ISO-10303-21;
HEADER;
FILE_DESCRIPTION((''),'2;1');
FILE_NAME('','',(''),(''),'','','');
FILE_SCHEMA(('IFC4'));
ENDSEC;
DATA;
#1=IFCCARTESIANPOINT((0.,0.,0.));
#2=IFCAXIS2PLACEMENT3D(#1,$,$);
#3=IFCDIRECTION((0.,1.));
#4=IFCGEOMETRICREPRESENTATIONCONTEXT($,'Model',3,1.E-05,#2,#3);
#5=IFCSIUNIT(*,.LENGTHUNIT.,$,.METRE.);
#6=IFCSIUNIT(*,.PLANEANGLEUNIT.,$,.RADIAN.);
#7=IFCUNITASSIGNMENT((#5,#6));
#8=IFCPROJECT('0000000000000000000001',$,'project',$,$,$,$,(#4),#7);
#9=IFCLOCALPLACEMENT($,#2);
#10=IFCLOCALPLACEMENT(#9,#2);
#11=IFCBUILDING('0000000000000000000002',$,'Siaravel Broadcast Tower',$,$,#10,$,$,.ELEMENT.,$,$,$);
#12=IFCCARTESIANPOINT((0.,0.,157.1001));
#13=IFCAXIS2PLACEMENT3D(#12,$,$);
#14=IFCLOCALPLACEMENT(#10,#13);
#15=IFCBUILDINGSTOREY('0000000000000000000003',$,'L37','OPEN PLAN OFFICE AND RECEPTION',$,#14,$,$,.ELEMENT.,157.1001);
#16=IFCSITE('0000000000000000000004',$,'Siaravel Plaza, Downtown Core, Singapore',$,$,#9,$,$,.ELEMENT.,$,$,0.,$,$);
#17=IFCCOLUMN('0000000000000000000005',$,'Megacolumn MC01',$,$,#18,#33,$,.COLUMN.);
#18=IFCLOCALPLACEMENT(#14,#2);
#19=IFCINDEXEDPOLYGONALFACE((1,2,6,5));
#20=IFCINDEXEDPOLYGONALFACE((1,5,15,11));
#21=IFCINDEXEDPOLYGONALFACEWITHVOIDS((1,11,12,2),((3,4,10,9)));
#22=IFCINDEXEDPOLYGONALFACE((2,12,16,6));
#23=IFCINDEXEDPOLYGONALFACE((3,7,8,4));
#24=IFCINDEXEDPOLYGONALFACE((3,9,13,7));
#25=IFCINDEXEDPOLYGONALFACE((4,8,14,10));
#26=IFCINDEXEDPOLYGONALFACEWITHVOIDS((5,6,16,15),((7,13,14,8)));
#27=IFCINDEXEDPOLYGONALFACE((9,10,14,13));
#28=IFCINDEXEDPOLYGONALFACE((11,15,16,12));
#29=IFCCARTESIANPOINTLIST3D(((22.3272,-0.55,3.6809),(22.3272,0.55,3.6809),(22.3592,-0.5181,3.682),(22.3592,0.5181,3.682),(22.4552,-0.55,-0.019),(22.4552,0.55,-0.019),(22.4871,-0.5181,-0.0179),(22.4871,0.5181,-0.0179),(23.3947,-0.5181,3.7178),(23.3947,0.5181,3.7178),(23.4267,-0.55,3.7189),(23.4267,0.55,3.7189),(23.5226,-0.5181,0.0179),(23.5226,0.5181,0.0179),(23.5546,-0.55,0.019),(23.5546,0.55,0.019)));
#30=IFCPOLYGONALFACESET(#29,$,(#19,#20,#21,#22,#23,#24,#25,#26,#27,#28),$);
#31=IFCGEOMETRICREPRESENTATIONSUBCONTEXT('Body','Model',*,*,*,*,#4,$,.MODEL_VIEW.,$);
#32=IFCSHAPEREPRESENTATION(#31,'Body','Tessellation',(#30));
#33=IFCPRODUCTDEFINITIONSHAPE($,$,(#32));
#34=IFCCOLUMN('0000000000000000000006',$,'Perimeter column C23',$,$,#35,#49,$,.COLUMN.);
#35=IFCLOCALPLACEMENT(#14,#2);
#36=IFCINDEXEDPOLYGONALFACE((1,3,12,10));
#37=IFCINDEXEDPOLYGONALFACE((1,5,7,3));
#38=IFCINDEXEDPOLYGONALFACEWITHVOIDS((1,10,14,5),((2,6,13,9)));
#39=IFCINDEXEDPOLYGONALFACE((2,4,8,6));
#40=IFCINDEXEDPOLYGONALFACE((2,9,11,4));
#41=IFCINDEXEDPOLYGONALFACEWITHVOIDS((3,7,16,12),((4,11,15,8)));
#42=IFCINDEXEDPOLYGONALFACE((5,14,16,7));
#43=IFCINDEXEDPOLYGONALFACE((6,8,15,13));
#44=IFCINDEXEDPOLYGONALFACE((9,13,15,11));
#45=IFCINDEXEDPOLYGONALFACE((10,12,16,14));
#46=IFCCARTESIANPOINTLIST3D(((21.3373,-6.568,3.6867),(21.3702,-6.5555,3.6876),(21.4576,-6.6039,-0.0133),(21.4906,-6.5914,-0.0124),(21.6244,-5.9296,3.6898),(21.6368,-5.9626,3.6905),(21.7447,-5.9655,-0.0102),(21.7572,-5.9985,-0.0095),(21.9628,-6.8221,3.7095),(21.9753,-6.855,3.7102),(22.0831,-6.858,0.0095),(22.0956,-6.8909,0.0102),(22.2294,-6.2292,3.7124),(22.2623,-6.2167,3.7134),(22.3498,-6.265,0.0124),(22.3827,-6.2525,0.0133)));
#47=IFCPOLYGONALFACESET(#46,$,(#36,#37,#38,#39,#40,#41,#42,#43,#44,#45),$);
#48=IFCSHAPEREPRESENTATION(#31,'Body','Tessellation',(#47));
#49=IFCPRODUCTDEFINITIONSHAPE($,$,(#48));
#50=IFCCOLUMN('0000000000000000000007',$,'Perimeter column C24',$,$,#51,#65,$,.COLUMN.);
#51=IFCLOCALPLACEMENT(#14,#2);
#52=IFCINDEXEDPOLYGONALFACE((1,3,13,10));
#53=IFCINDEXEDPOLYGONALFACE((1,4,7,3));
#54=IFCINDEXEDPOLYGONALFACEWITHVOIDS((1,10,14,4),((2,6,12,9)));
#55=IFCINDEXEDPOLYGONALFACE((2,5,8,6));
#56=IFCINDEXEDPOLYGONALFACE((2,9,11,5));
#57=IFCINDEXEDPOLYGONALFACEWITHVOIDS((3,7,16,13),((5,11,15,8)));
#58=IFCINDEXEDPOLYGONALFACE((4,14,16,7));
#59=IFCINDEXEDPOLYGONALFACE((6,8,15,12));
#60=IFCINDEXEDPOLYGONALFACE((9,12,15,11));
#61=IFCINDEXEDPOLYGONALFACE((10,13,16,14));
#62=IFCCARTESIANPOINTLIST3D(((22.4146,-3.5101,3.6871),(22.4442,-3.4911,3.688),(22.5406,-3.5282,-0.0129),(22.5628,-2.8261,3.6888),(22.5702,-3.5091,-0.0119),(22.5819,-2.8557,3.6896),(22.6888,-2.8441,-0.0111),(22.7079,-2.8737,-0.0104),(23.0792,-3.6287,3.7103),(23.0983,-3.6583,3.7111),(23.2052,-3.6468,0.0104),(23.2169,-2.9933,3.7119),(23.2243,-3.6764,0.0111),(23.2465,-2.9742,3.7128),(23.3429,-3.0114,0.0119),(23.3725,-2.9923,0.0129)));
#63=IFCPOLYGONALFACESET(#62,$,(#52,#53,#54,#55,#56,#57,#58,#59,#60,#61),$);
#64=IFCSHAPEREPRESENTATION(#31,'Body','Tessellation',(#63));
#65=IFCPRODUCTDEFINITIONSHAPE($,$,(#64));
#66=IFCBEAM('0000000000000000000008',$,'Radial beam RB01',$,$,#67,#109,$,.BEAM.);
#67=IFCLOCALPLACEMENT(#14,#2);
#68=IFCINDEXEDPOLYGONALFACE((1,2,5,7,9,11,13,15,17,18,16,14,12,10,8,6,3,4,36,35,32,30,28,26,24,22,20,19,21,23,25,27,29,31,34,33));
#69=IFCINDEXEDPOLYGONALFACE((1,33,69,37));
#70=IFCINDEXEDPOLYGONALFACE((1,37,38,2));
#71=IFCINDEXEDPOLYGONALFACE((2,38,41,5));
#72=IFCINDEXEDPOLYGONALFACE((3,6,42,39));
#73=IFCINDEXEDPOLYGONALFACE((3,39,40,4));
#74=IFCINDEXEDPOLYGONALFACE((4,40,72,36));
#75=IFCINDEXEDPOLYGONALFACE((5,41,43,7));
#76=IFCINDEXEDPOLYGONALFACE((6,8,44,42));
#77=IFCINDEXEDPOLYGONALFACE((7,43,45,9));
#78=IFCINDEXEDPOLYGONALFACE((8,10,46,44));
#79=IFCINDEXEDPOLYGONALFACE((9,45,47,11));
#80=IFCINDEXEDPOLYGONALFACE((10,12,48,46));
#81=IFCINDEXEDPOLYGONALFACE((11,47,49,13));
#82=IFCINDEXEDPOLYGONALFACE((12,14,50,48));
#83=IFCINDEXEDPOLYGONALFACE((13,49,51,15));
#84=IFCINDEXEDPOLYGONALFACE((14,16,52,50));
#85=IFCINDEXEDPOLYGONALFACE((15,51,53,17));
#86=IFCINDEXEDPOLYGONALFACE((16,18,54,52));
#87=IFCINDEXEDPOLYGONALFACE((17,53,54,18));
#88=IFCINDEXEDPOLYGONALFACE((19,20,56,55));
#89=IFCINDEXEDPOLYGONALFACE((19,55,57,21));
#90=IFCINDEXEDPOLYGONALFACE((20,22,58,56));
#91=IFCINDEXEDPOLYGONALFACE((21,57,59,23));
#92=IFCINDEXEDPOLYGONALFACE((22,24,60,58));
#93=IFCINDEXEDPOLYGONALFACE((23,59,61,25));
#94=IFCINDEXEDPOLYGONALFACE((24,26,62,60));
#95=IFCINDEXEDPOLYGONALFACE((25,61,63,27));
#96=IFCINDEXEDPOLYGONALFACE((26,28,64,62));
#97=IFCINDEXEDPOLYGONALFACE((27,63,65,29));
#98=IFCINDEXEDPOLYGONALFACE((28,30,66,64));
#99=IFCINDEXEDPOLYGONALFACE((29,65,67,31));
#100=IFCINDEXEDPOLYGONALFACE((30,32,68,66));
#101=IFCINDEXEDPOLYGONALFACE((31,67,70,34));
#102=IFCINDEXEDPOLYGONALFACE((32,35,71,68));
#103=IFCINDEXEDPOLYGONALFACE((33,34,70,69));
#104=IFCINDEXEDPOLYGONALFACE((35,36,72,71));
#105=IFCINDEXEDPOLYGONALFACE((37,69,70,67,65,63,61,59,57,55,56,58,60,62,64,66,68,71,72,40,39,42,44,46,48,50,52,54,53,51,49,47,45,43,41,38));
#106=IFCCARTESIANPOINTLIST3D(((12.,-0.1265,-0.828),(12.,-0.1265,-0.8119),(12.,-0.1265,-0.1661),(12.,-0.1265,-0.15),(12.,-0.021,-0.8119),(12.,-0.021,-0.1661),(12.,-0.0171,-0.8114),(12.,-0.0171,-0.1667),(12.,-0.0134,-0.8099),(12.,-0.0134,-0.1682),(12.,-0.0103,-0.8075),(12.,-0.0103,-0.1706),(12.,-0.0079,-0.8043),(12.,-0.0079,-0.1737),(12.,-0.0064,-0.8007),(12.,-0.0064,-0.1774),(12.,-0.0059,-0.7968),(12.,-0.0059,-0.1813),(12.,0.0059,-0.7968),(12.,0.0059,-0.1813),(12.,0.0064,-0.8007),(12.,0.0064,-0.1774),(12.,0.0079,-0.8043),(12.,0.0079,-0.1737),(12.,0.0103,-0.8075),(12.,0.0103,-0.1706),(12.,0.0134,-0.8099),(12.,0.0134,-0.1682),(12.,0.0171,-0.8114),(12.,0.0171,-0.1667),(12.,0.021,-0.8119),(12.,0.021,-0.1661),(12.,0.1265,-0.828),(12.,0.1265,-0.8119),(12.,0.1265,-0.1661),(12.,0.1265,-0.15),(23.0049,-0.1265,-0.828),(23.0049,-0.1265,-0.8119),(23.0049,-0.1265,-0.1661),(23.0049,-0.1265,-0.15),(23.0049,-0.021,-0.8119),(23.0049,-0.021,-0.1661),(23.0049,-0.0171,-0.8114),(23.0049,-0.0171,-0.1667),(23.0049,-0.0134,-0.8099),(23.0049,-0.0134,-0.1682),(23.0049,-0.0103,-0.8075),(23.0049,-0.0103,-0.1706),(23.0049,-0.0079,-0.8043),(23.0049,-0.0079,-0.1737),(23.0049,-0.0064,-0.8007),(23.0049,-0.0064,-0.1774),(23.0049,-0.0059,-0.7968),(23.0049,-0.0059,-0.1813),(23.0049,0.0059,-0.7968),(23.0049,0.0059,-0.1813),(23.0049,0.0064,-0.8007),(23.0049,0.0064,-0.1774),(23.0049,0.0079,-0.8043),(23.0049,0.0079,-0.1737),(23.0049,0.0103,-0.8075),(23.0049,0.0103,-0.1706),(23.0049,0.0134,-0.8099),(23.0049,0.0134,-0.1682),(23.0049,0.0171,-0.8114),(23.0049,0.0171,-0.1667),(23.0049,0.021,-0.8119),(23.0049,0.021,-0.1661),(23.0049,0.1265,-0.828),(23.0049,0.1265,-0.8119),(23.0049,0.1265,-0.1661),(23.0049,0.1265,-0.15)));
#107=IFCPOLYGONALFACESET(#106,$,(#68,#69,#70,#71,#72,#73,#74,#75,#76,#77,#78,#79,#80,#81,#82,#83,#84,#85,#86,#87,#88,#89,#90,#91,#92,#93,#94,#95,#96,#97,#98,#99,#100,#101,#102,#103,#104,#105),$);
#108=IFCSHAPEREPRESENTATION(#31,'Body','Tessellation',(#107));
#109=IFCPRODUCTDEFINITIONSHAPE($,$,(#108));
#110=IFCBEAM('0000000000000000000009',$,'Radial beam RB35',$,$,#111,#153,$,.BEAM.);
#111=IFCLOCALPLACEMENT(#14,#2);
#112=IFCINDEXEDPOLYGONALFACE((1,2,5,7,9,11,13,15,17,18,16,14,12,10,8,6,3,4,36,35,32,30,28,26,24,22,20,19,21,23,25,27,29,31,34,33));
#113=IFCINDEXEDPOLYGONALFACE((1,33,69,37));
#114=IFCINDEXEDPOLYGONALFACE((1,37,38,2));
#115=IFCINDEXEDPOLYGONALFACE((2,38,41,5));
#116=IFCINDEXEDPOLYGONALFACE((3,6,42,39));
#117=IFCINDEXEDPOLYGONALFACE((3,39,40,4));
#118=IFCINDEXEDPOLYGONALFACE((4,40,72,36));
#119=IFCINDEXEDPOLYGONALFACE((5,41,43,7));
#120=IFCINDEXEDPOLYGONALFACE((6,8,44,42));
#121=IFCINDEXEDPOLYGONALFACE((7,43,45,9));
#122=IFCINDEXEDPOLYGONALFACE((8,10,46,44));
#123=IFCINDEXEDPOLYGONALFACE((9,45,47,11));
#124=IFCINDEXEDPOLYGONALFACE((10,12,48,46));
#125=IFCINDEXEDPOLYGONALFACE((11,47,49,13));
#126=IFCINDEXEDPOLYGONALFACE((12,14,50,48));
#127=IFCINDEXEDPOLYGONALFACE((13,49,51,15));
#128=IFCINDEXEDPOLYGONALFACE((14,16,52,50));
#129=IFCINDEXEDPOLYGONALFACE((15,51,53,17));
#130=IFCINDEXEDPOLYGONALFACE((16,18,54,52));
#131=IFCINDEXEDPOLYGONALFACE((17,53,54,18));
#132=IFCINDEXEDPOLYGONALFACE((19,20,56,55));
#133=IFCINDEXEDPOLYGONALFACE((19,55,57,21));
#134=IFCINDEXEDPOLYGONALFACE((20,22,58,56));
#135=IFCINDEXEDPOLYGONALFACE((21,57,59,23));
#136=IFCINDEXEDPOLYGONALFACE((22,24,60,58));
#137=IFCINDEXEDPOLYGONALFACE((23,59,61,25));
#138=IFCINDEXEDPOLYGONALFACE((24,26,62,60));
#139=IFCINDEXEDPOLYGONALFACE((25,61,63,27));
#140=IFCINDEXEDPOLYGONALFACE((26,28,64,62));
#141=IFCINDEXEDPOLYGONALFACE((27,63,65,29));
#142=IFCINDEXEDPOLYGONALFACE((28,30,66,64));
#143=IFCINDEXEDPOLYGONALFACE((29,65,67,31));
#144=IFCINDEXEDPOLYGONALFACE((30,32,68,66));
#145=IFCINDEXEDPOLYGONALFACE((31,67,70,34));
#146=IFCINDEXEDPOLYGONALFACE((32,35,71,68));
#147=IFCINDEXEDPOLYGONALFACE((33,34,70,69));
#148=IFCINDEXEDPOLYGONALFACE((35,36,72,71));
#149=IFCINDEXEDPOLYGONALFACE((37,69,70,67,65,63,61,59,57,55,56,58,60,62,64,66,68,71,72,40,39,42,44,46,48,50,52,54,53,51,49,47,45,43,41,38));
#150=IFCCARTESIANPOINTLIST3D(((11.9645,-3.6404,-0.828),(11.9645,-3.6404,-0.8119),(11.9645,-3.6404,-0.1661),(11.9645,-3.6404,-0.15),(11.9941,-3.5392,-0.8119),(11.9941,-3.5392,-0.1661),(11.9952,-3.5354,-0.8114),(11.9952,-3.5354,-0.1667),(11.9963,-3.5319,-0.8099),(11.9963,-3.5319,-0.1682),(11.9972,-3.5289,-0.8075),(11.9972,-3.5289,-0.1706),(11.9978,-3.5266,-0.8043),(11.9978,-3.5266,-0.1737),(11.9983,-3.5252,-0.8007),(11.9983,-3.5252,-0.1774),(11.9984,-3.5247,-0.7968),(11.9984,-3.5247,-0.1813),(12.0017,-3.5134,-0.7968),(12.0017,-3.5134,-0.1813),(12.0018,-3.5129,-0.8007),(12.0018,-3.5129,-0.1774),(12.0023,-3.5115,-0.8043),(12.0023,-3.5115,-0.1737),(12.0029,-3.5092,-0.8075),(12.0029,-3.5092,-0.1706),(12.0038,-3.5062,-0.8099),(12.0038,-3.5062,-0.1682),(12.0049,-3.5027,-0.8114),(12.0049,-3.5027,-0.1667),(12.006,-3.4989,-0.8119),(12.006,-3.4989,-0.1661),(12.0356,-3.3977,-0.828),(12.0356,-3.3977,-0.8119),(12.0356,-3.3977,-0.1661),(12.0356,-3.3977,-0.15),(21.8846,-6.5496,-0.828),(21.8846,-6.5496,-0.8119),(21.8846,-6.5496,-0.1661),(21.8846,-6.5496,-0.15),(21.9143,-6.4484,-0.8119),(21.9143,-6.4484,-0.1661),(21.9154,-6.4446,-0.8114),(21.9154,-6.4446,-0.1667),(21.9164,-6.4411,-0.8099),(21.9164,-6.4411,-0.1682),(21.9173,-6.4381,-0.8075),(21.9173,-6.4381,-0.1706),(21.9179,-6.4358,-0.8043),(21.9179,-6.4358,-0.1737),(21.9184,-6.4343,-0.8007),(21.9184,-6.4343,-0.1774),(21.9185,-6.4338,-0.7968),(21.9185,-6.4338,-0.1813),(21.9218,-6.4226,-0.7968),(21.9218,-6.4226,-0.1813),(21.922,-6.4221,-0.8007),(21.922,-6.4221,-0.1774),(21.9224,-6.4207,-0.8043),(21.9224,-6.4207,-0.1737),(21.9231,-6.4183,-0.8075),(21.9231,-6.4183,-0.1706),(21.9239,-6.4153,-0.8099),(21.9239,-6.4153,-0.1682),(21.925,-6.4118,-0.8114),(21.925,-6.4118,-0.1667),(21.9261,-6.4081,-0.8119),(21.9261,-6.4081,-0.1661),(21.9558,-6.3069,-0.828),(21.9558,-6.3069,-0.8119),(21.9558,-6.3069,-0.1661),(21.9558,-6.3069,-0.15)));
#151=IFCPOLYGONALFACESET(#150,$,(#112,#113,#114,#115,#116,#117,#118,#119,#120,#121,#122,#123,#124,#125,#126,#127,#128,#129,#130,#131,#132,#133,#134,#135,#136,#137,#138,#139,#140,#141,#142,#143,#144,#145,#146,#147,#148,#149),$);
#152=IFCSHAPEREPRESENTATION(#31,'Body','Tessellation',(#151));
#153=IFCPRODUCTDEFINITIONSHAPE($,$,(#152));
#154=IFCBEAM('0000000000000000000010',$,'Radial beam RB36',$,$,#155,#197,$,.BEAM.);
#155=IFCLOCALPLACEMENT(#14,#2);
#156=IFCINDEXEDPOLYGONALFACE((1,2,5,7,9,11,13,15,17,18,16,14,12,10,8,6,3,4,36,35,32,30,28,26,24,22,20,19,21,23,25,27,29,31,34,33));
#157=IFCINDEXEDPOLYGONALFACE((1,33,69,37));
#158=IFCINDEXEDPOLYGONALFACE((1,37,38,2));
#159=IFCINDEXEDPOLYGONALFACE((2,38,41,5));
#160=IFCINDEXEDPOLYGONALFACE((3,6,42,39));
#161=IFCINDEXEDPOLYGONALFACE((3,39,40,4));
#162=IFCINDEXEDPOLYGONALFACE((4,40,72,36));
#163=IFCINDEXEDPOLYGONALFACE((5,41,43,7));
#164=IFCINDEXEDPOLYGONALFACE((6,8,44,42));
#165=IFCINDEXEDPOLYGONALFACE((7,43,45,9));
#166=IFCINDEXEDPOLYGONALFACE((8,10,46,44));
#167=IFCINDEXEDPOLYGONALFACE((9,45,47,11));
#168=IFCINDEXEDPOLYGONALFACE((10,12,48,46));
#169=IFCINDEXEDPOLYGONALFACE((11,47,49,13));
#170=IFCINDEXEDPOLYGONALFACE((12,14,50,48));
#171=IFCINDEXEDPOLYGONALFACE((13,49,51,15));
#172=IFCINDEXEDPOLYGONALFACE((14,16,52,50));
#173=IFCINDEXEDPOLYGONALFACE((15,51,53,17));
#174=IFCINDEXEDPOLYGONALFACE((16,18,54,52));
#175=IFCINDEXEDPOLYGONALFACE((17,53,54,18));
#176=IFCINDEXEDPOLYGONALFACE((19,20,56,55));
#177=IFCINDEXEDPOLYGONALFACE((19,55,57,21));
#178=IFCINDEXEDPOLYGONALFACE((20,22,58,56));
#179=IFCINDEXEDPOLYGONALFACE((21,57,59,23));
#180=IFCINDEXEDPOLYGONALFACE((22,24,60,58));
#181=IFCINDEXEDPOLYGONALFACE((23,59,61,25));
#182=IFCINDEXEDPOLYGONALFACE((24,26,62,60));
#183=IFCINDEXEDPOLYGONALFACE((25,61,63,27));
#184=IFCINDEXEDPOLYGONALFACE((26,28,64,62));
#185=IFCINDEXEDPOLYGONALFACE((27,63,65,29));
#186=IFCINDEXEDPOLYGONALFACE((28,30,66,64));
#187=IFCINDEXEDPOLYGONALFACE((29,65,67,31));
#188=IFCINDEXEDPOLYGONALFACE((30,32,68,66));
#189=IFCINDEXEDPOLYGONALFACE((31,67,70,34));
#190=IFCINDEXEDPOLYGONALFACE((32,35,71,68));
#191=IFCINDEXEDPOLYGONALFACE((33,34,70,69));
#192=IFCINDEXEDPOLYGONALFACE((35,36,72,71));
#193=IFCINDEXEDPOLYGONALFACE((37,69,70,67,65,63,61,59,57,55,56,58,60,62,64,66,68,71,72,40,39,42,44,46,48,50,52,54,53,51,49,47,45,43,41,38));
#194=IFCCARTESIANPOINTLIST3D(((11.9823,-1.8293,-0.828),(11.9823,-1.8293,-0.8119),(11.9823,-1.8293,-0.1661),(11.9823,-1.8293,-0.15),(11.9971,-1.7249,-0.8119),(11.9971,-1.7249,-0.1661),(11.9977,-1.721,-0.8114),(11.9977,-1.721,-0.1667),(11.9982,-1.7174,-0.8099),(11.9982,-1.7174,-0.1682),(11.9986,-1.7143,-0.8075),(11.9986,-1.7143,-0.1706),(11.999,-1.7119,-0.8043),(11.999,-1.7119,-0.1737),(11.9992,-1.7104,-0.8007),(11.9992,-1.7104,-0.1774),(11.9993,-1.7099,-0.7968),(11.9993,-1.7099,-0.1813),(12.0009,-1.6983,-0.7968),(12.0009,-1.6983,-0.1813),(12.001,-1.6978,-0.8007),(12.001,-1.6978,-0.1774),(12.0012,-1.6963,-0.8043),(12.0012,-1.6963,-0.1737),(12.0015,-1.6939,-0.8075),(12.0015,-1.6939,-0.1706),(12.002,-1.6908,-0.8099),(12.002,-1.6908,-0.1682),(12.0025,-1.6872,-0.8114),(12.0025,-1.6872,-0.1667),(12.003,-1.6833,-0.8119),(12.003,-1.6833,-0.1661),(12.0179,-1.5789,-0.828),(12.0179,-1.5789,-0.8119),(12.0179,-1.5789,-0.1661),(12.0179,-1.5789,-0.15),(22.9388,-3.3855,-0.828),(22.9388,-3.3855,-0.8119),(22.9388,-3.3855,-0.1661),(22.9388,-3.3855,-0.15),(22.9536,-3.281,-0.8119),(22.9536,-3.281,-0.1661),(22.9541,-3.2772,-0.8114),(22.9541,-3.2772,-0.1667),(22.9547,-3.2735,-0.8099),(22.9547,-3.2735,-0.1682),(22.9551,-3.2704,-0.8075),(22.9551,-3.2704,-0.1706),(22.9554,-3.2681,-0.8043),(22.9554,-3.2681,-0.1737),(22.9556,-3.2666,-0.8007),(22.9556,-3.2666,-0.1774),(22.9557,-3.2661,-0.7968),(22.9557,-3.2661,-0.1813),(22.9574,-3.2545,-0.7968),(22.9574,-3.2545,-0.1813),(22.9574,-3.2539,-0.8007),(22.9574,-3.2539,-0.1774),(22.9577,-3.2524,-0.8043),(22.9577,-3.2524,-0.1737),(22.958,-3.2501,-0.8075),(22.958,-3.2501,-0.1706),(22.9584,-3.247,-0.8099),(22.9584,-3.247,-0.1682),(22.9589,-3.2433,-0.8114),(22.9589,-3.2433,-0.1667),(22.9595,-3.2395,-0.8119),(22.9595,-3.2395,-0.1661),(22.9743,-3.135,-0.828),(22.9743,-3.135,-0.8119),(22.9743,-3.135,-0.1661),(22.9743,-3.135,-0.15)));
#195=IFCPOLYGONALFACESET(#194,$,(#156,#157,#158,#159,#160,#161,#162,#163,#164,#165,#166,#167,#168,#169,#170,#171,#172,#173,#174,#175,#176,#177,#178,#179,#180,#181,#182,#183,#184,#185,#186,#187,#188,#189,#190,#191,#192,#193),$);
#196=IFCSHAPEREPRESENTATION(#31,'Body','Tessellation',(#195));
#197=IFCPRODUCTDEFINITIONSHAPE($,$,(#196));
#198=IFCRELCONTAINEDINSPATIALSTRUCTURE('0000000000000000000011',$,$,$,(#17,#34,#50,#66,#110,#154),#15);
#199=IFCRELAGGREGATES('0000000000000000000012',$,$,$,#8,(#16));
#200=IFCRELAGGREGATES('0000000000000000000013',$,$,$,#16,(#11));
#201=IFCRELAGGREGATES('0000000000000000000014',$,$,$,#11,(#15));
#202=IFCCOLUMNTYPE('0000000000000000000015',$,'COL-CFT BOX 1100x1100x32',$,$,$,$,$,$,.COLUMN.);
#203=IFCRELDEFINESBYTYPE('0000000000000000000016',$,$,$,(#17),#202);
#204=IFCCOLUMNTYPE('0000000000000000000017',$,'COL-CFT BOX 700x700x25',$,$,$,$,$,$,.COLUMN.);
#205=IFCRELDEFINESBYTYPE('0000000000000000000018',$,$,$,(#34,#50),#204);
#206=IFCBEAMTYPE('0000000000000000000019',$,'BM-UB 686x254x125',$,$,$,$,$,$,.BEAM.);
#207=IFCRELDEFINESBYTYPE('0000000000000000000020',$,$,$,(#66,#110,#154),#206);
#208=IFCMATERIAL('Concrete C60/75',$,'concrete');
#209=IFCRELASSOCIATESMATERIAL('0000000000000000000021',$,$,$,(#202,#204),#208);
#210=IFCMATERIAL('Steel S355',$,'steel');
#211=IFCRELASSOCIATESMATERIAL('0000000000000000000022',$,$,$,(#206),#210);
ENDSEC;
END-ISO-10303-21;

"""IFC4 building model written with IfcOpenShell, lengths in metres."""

from ifc_helpers import new_model, si_unit, direction, frame, origin, origin_2d, place, context, subcontext, project, spatial, hollow_rectangle, i_section, extrude, material, material_profile, profile_set, type_object, element, save


model = new_model("IFC4")

# Units and contexts
model_context = context("Model", 3, precision=1e-05, world=origin(), true_north=direction((0.0, 1.0)))
body_context = subcontext(model_context, "Body", "Model", "MODEL_VIEW")
ifc_project = project(units=[si_unit("LENGTHUNIT", "METRE"), si_unit("PLANEANGLEUNIT", "RADIAN")], contexts=[model_context])

# Site, building, storey
site_placement = place(None, origin())
site = spatial("IfcSite", under=ifc_project, at=site_placement, Name="Siaravel Plaza, Downtown Core, Singapore", CompositionType="ELEMENT", RefElevation=0.0)
building_placement = place(site_placement, origin())
building = spatial("IfcBuilding", under=site, at=building_placement, Name="Siaravel Broadcast Tower", CompositionType="ELEMENT")
storey_placement = place(building_placement, frame((0.0, 0.0, 157.1001)))
storey = spatial("IfcBuildingStorey", under=building, at=storey_placement, Name="L37", Description="OPEN PLAN OFFICE AND RECEPTION", CompositionType="ELEMENT", Elevation=157.1001)

# Columns
ifc_material_1 = material(Name="Concrete C60/75", Category="concrete")
ifc_material_profile_1 = material_profile(ifc_material_1, hollow_rectangle(XDim=1.1001, YDim=1.1001, WallThickness=0.032, at=origin_2d()))
ifc_profile_set_1 = profile_set([ifc_material_profile_1], Name="Concrete C60/75")
column_type_1 = type_object("IfcColumnType", Name="COL-CFT BOX 1100x1100x32", PredefinedType="COLUMN", material=ifc_profile_set_1)
column_placement = place(storey_placement, frame((23.0049, 0.0, 0.0), z_axis=(-0.034555, 0.0, 0.999403), x_axis=(0.0, -1.0, 0.0)))
element("IfcColumn", 1, at=column_placement, inside=storey, type_object=column_type_1, Name="Megacolumn MC01", PredefinedType="COLUMN", context=body_context, shape_type="SweptSolid", body=[
    extrude(hollow_rectangle(XDim=1.1001, YDim=1.1001, WallThickness=0.032, at=origin_2d()), origin(), (0.0, 0.0, 1.0), 3.7021),
])
ifc_material_profile_2 = material_profile(ifc_material_1, hollow_rectangle(XDim=0.7, YDim=0.7, WallThickness=0.0249, at=origin_2d()))
ifc_profile_set_2 = profile_set([ifc_material_profile_2], Name="Concrete C60/75")
column_type_2 = type_object("IfcColumnType", Name="COL-CFT BOX 700x700x25", PredefinedType="COLUMN", material=ifc_profile_set_2)
for number, where, z_axis, x_axis, name in (
    (2, (21.9202, -6.4282, 0.0), (-0.032512, 0.009694, 0.999424), (-0.410124, -0.912019, -0.004495), "Perimeter column C23"),
    (3, (22.9565, -3.2603, 0.0), (-0.034028, 0.00488, 0.999409), (-0.21173, -0.977325, -0.002437), "Perimeter column C24"),
):
    element("IfcColumn", number, at=place(storey_placement, frame(where, z_axis=z_axis, x_axis=x_axis)), inside=storey, type_object=column_type_2, Name=name, PredefinedType="COLUMN", context=body_context, shape_type="SweptSolid", body=[
        extrude(hollow_rectangle(XDim=0.7, YDim=0.7, WallThickness=0.0249, at=origin_2d()), origin(), (0.0, 0.0, 1.0), 3.7021),
    ])

# Beams
ifc_material_2 = material(Name="Steel S355", Category="steel")
ifc_material_profile_3 = material_profile(ifc_material_2, i_section(OverallWidth=0.2529, OverallDepth=0.678, WebThickness=0.0117, FlangeThickness=0.0161, FilletRadius=0.0151, at=origin_2d()))
ifc_profile_set_3 = profile_set([ifc_material_profile_3], Name="Steel S355")
beam_type = type_object("IfcBeamType", Name="BM-UB 686x254x125", PredefinedType="BEAM", material=ifc_profile_set_3)
beam_1_placement = place(storey_placement, frame((23.0049, 0.0, -0.489), z_axis=(-1.0, 0.0, 0.0), x_axis=(0.0, -1.0, 0.0)))
element("IfcBeam", 4, at=beam_1_placement, inside=storey, type_object=beam_type, Name="Radial beam RB01", PredefinedType="BEAM", context=body_context, shape_type="SweptSolid", body=[
    extrude(i_section(OverallWidth=0.2529, OverallDepth=0.678, WebThickness=0.0117, FlangeThickness=0.0161, FilletRadius=0.0151, at=origin_2d()), origin(), (0.0, 0.0, 1.0), 11.0049),
])
beam_2_placement = place(storey_placement, frame((21.9202, -6.4282, -0.489), z_axis=(-0.959588, 0.281408, 0.0), x_axis=(-0.281408, -0.959588, 0.0)))
element("IfcBeam", 5, at=beam_2_placement, inside=storey, type_object=beam_type, Name="Radial beam RB35", PredefinedType="BEAM", context=body_context, shape_type="SweptSolid", body=[
    extrude(i_section(OverallWidth=0.2529, OverallDepth=0.678, WebThickness=0.0117, FlangeThickness=0.0161, FilletRadius=0.0151, at=origin_2d()), origin(), (0.0, 0.0, 1.0), 10.3379),
])
beam_3_placement = place(storey_placement, frame((22.9565, -3.2603, -0.489), z_axis=(-0.990064, 0.140618, 0.0), x_axis=(-0.140618, -0.990064, 0.0)))
element("IfcBeam", 6, at=beam_3_placement, inside=storey, type_object=beam_type, Name="Radial beam RB36", PredefinedType="BEAM", context=body_context, shape_type="SweptSolid", body=[
    extrude(i_section(OverallWidth=0.2529, OverallDepth=0.678, WebThickness=0.0117, FlangeThickness=0.0161, FilletRadius=0.0151, at=origin_2d()), origin(), (0.0, 0.0, 1.0), 11.0664),
])

save(model, "model.ifc")
